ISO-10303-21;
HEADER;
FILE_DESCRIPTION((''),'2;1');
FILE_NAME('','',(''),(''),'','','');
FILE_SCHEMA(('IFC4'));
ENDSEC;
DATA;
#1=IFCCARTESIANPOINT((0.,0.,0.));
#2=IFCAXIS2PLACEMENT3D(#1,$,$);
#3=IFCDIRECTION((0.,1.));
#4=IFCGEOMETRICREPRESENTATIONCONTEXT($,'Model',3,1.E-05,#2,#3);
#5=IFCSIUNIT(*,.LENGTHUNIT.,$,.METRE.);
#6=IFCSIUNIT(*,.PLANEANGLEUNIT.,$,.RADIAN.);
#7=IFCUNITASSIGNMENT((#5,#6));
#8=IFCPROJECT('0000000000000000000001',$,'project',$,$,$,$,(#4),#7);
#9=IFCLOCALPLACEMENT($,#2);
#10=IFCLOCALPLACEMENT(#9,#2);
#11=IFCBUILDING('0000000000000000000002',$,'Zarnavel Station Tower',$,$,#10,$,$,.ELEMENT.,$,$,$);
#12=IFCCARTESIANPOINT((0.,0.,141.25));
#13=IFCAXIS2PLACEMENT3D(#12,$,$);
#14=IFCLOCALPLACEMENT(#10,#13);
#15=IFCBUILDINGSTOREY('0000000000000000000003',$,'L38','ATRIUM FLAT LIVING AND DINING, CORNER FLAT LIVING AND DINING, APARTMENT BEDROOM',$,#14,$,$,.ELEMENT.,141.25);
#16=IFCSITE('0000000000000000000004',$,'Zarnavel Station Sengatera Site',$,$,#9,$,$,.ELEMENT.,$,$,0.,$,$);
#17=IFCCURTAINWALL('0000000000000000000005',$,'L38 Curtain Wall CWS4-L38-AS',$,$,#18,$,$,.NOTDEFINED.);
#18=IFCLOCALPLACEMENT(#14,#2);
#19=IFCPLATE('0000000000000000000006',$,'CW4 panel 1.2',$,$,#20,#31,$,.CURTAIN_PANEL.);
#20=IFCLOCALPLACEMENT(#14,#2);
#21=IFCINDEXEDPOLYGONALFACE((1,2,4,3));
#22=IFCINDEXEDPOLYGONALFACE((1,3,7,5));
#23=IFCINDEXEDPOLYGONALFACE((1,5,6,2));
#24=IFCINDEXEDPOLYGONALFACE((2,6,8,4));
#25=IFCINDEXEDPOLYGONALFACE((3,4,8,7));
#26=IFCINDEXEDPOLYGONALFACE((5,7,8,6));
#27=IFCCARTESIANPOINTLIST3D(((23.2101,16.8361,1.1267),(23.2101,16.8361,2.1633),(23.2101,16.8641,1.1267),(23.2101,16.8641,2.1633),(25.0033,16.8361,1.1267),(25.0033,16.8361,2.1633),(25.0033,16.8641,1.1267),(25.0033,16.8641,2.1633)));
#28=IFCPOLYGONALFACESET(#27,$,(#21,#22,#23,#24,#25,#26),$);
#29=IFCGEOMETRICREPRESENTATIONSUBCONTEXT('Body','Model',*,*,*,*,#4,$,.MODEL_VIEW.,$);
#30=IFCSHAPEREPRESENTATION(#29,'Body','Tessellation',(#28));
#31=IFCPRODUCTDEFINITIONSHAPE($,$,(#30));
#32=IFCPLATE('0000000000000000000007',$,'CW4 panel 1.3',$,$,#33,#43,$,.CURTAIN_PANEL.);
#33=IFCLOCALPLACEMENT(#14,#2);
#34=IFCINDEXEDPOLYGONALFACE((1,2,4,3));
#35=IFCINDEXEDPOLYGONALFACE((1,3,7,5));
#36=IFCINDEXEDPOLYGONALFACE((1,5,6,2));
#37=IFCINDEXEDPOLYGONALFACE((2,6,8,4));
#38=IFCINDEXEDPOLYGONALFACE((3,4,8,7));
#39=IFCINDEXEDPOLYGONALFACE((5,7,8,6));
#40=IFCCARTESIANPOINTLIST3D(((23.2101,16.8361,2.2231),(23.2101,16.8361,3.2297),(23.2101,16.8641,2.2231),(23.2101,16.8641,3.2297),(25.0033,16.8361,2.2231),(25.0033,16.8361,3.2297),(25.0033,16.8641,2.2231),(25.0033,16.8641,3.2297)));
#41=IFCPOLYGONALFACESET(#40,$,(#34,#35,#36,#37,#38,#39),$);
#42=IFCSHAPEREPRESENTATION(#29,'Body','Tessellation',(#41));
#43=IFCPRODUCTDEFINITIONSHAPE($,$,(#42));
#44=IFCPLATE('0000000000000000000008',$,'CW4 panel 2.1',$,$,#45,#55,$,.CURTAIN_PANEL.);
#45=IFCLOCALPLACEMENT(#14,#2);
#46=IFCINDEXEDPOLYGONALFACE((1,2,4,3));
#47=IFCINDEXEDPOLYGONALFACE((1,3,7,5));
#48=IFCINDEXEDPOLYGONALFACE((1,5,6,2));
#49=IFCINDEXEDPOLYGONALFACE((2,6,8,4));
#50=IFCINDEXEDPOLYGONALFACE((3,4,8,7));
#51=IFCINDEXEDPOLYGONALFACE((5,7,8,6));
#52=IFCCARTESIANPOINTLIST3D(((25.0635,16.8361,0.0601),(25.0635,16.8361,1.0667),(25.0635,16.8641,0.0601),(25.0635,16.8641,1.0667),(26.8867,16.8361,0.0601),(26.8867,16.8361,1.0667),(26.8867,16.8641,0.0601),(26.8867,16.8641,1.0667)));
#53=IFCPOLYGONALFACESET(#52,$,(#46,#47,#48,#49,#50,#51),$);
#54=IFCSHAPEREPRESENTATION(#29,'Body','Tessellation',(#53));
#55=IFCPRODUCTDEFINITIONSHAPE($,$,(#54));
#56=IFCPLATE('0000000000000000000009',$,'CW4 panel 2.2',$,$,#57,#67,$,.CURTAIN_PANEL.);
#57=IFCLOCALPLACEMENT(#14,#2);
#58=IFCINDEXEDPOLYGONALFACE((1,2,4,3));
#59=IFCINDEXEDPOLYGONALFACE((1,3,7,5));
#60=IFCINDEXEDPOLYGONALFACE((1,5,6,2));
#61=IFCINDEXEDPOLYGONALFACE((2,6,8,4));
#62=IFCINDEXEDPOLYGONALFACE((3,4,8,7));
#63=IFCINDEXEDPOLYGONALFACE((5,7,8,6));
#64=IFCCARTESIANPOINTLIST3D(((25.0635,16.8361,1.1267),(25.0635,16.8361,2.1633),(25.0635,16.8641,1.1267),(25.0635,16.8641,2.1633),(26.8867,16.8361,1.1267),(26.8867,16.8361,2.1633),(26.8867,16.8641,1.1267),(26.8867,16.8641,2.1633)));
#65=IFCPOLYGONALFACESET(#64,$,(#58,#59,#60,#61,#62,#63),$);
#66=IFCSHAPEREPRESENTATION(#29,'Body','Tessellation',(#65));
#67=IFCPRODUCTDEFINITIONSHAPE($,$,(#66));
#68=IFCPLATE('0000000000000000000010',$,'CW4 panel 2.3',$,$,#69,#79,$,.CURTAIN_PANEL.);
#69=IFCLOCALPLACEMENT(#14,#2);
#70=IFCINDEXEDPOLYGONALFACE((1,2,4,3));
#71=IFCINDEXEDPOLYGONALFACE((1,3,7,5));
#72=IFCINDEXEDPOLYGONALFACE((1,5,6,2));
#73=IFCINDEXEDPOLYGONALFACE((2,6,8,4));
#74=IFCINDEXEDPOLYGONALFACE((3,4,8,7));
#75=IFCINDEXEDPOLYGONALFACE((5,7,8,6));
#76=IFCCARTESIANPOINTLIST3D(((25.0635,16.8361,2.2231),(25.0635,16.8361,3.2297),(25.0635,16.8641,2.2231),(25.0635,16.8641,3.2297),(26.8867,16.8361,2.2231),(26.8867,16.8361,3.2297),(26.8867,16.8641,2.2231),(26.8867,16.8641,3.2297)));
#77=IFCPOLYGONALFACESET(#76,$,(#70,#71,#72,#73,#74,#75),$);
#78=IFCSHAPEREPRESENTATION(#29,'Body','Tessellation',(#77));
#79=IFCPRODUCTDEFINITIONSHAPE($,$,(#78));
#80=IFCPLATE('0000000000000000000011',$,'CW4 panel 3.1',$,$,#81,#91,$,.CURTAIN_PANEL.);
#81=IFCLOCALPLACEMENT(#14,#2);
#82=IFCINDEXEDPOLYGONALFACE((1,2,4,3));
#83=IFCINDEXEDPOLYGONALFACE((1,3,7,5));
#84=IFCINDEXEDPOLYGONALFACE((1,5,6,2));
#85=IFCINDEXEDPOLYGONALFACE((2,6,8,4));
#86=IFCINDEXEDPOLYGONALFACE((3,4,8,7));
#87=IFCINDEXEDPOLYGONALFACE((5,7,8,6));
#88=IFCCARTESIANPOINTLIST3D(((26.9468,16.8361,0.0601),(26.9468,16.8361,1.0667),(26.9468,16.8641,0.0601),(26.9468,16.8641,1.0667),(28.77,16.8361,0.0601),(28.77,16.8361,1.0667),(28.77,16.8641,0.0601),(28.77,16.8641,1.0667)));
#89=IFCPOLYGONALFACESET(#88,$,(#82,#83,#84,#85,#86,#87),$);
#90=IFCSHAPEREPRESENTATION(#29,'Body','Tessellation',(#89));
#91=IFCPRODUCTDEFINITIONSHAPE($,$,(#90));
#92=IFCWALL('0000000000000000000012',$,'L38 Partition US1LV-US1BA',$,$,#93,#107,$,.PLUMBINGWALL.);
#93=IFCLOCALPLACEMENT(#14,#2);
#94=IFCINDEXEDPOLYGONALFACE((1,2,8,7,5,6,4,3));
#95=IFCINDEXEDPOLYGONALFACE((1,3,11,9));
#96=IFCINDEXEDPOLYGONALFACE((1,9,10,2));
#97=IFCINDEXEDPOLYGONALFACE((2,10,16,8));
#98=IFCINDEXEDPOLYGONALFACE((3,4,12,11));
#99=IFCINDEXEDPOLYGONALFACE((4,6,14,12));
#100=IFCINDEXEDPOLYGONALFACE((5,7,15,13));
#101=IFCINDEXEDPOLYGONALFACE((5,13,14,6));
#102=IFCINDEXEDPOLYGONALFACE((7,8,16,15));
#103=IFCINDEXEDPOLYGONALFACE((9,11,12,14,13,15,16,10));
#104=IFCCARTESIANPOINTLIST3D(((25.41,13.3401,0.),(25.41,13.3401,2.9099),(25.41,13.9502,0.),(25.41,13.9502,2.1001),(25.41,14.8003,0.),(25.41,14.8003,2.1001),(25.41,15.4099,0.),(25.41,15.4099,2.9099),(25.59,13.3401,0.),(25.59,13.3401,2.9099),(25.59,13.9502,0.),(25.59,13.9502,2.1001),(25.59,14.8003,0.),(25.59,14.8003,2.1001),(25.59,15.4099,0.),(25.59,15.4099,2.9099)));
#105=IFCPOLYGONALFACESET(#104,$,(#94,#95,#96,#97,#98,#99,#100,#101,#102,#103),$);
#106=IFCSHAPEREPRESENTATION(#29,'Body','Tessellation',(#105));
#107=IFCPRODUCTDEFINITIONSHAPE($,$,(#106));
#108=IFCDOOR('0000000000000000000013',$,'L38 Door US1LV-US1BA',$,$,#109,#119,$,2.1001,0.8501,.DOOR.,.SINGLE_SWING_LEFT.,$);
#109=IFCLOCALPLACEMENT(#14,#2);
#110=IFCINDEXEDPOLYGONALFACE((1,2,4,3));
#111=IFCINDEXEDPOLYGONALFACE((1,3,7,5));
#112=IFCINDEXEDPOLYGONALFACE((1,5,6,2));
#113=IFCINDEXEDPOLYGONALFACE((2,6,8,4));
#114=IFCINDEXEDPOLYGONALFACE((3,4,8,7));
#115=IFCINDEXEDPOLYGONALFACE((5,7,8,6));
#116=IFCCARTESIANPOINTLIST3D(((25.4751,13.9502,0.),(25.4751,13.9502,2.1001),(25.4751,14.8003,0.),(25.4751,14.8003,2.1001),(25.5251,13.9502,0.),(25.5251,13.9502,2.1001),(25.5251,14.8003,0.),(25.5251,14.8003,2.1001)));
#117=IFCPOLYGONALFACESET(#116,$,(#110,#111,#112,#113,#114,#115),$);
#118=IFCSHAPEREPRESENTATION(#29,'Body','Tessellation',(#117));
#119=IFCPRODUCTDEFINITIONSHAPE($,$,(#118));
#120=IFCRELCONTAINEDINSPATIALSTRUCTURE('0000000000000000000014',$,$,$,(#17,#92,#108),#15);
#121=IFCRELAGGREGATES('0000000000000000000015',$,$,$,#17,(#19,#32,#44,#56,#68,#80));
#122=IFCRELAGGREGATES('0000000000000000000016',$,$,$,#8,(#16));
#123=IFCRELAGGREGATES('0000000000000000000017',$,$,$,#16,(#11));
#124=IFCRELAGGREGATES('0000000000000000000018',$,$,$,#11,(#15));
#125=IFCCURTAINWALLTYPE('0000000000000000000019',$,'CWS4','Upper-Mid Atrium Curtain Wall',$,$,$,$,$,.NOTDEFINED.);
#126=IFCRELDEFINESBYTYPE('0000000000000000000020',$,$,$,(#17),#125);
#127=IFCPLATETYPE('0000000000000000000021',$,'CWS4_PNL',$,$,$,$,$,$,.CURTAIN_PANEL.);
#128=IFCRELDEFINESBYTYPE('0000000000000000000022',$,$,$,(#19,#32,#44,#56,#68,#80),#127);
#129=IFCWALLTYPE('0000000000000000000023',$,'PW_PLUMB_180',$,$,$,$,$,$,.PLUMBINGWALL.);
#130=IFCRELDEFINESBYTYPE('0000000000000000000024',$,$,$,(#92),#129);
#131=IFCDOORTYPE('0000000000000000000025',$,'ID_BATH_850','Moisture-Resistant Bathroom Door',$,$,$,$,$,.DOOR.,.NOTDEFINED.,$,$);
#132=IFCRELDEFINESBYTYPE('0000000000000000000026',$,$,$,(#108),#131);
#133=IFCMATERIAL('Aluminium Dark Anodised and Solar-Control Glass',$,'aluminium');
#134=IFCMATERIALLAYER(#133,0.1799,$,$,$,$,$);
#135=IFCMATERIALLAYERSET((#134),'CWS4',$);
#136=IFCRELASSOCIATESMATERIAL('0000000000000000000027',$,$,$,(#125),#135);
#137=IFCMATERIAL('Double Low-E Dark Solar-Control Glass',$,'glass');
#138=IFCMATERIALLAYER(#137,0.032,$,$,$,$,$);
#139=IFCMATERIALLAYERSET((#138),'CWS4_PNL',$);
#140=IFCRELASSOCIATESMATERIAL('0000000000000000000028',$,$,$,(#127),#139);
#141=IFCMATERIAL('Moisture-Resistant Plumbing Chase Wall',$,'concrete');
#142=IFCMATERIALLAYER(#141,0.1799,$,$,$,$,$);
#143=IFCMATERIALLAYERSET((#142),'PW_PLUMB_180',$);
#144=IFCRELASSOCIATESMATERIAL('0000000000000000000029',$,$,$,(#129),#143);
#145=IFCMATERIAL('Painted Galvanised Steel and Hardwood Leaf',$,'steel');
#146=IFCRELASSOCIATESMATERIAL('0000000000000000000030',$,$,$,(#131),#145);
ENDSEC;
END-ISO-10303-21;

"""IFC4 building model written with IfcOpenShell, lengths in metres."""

from ifc_helpers import new_model, si_unit, direction, frame, frame_2d, origin, origin_2d, place, context, subcontext, project, spatial, rectangle, extrude, material, layer, layer_set, type_object, element, fill, aggregate, save


model = new_model("IFC4")

# Units and contexts
model_context = context("Model", 3, precision=1e-05, world=origin(), true_north=direction((0.0, 1.0)))
body_context = subcontext(model_context, "Body", "Model", "MODEL_VIEW")
ifc_project = project(units=[si_unit("LENGTHUNIT", "METRE"), si_unit("PLANEANGLEUNIT", "RADIAN")], contexts=[model_context])

# Site, building, storey
site_placement = place(None, origin())
site = spatial("IfcSite", under=ifc_project, at=site_placement, Name="Zarnavel Station Sengatera Site", CompositionType="ELEMENT", RefElevation=0.0)
building_placement = place(site_placement, origin())
building = spatial("IfcBuilding", under=site, at=building_placement, Name="Zarnavel Station Tower", CompositionType="ELEMENT")
storey_placement = place(building_placement, frame((0.0, 0.0, 141.25)))
storey = spatial("IfcBuildingStorey", under=building, at=storey_placement, Name="L38", Description="ATRIUM FLAT LIVING AND DINING, CORNER FLAT LIVING AND DINING, APARTMENT BEDROOM", CompositionType="ELEMENT", Elevation=141.25)

# Curtain wall, plates
ifc_material_1 = material(Name="Aluminium Dark Anodised and Solar-Control Glass", Category="aluminium")
ifc_layer_1 = layer(ifc_material_1, 0.1799)
ifc_layer_set_1 = layer_set([ifc_layer_1], Name="CWS4")
curtain_wall_type = type_object("IfcCurtainWallType", Name="CWS4", Description="Upper-Mid Atrium Curtain Wall", PredefinedType="NOTDEFINED", material=ifc_layer_set_1)
curtain_wall_placement = place(storey_placement, origin())
curtain_wall = element("IfcCurtainWall", 1, at=curtain_wall_placement, inside=storey, type_object=curtain_wall_type, Name="L38 Curtain Wall CWS4-L38-AS", PredefinedType="NOTDEFINED")
ifc_material_2 = material(Name="Double Low-E Dark Solar-Control Glass", Category="glass")
ifc_layer_2 = layer(ifc_material_2, 0.032)
ifc_layer_set_2 = layer_set([ifc_layer_2], Name="CWS4_PNL")
plate_type = type_object("IfcPlateType", Name="CWS4_PNL", PredefinedType="CURTAIN_PANEL", material=ifc_layer_set_2)
plate_1_placement = place(storey_placement, frame((24.1067, 16.8501, 1.1267), z_axis=(0.0, 0.0, 1.0), x_axis=(1.0, 0.0, 0.0)))
plate_1 = element("IfcPlate", 2, at=plate_1_placement, type_object=plate_type, Name="CW4 panel 1.2", PredefinedType="CURTAIN_PANEL", context=body_context, shape_type="SweptSolid", body=[
    extrude(rectangle(XDim=1.7932, YDim=0.0281, at=origin_2d()), origin(), (0.0, 0.0, 1.0), 1.0366),
])
plate_2_placement = place(storey_placement, frame((24.1067, 16.8501, 2.2231), z_axis=(0.0, 0.0, 1.0), x_axis=(1.0, 0.0, 0.0)))
plate_2 = element("IfcPlate", 3, at=plate_2_placement, type_object=plate_type, Name="CW4 panel 1.3", PredefinedType="CURTAIN_PANEL", context=body_context, shape_type="SweptSolid", body=[
    extrude(rectangle(XDim=1.7932, YDim=0.0281, at=origin_2d()), origin(), (0.0, 0.0, 1.0), 1.0066),
])
plate_3_placement = place(storey_placement, frame((25.9751, 16.8501, 0.0601), z_axis=(0.0, 0.0, 1.0), x_axis=(1.0, 0.0, 0.0)))
plate_3 = element("IfcPlate", 4, at=plate_3_placement, type_object=plate_type, Name="CW4 panel 2.1", PredefinedType="CURTAIN_PANEL", context=body_context, shape_type="SweptSolid", body=[
    extrude(rectangle(XDim=1.8232, YDim=0.0281, at=origin_2d()), origin(), (0.0, 0.0, 1.0), 1.0066),
])
plate_4_placement = place(storey_placement, frame((25.9751, 16.8501, 1.1267), z_axis=(0.0, 0.0, 1.0), x_axis=(1.0, 0.0, 0.0)))
plate_4 = element("IfcPlate", 5, at=plate_4_placement, type_object=plate_type, Name="CW4 panel 2.2", PredefinedType="CURTAIN_PANEL", context=body_context, shape_type="SweptSolid", body=[
    extrude(rectangle(XDim=1.8232, YDim=0.0281, at=origin_2d()), origin(), (0.0, 0.0, 1.0), 1.0366),
])
plate_5_placement = place(storey_placement, frame((25.9751, 16.8501, 2.2231), z_axis=(0.0, 0.0, 1.0), x_axis=(1.0, 0.0, 0.0)))
plate_5 = element("IfcPlate", 6, at=plate_5_placement, type_object=plate_type, Name="CW4 panel 2.3", PredefinedType="CURTAIN_PANEL", context=body_context, shape_type="SweptSolid", body=[
    extrude(rectangle(XDim=1.8232, YDim=0.0281, at=origin_2d()), origin(), (0.0, 0.0, 1.0), 1.0066),
])
plate_6_placement = place(storey_placement, frame((27.8584, 16.8501, 0.0601), z_axis=(0.0, 0.0, 1.0), x_axis=(1.0, 0.0, 0.0)))
plate_6 = element("IfcPlate", 7, at=plate_6_placement, type_object=plate_type, Name="CW4 panel 3.1", PredefinedType="CURTAIN_PANEL", context=body_context, shape_type="SweptSolid", body=[
    extrude(rectangle(XDim=1.8232, YDim=0.0281, at=origin_2d()), origin(), (0.0, 0.0, 1.0), 1.0066),
])
aggregate(curtain_wall, [plate_1, plate_2, plate_3, plate_4, plate_5, plate_6])

# Wall, opening, door
ifc_material_3 = material(Name="Moisture-Resistant Plumbing Chase Wall", Category="concrete")
ifc_layer_3 = layer(ifc_material_3, 0.1799)
ifc_layer_set_3 = layer_set([ifc_layer_3], Name="PW_PLUMB_180")
wall_type_1 = type_object("IfcWallType", Name="PW_PLUMB_180", PredefinedType="PLUMBINGWALL", material=ifc_layer_set_3)
wall_1_placement = place(storey_placement, frame((25.5, 13.3401, 0.0), z_axis=(0.0, 0.0, 1.0), x_axis=(0.0, 1.0, 0.0)))
wall_1 = element("IfcWall", 8, at=wall_1_placement, inside=storey, type_object=wall_type_1, Name="L38 Partition US1LV-US1BA", PredefinedType="PLUMBINGWALL", context=body_context, shape_type="SweptSolid", body=[
    extrude(rectangle(XDim=2.0698, YDim=0.1799, at=frame_2d((1.0349, 0.0))), origin(), (0.0, 0.0, 1.0), 2.9099),
])
opening_1_placement = place(wall_1_placement, frame((0.6101, 0.0, 0.0)))
opening_1 = element("IfcOpeningElement", 9, at=opening_1_placement, cuts=wall_1, PredefinedType="OPENING", context=body_context, shape_type="SweptSolid", body=[
    extrude(rectangle(XDim=0.8501, YDim=2.1001, at=frame_2d((0.425, 1.05))), frame((0.0, 0.0999, 0.0), z_axis=(0.0, -1.0, 0.0), x_axis=(1.0, 0.0, 0.0)), (0.0, 0.0, 1.0), 0.2),
])
ifc_material_4 = material(Name="Painted Galvanised Steel and Hardwood Leaf", Category="steel")
door_type_1 = type_object("IfcDoorType", Name="ID_BATH_850", Description="Moisture-Resistant Bathroom Door", OperationType="NOTDEFINED", PredefinedType="DOOR", material=ifc_material_4)
door_1_placement = place(opening_1_placement, origin())
door_1 = element("IfcDoor", 10, at=door_1_placement, inside=storey, type_object=door_type_1, Name="L38 Door US1LV-US1BA", OperationType="SINGLE_SWING_LEFT", OverallHeight=2.1001, OverallWidth=0.8501, PredefinedType="DOOR", context=body_context, shape_type="SweptSolid", body=[
    extrude(rectangle(XDim=0.8501, YDim=2.1001, at=frame_2d((0.425, 1.05))), frame((0.0, 0.0249, 0.0), z_axis=(0.0, -1.0, 0.0), x_axis=(1.0, 0.0, 0.0)), (0.0, 0.0, 1.0), 0.05),
])
fill(opening_1, door_1)

save(model, "model.ifc")
